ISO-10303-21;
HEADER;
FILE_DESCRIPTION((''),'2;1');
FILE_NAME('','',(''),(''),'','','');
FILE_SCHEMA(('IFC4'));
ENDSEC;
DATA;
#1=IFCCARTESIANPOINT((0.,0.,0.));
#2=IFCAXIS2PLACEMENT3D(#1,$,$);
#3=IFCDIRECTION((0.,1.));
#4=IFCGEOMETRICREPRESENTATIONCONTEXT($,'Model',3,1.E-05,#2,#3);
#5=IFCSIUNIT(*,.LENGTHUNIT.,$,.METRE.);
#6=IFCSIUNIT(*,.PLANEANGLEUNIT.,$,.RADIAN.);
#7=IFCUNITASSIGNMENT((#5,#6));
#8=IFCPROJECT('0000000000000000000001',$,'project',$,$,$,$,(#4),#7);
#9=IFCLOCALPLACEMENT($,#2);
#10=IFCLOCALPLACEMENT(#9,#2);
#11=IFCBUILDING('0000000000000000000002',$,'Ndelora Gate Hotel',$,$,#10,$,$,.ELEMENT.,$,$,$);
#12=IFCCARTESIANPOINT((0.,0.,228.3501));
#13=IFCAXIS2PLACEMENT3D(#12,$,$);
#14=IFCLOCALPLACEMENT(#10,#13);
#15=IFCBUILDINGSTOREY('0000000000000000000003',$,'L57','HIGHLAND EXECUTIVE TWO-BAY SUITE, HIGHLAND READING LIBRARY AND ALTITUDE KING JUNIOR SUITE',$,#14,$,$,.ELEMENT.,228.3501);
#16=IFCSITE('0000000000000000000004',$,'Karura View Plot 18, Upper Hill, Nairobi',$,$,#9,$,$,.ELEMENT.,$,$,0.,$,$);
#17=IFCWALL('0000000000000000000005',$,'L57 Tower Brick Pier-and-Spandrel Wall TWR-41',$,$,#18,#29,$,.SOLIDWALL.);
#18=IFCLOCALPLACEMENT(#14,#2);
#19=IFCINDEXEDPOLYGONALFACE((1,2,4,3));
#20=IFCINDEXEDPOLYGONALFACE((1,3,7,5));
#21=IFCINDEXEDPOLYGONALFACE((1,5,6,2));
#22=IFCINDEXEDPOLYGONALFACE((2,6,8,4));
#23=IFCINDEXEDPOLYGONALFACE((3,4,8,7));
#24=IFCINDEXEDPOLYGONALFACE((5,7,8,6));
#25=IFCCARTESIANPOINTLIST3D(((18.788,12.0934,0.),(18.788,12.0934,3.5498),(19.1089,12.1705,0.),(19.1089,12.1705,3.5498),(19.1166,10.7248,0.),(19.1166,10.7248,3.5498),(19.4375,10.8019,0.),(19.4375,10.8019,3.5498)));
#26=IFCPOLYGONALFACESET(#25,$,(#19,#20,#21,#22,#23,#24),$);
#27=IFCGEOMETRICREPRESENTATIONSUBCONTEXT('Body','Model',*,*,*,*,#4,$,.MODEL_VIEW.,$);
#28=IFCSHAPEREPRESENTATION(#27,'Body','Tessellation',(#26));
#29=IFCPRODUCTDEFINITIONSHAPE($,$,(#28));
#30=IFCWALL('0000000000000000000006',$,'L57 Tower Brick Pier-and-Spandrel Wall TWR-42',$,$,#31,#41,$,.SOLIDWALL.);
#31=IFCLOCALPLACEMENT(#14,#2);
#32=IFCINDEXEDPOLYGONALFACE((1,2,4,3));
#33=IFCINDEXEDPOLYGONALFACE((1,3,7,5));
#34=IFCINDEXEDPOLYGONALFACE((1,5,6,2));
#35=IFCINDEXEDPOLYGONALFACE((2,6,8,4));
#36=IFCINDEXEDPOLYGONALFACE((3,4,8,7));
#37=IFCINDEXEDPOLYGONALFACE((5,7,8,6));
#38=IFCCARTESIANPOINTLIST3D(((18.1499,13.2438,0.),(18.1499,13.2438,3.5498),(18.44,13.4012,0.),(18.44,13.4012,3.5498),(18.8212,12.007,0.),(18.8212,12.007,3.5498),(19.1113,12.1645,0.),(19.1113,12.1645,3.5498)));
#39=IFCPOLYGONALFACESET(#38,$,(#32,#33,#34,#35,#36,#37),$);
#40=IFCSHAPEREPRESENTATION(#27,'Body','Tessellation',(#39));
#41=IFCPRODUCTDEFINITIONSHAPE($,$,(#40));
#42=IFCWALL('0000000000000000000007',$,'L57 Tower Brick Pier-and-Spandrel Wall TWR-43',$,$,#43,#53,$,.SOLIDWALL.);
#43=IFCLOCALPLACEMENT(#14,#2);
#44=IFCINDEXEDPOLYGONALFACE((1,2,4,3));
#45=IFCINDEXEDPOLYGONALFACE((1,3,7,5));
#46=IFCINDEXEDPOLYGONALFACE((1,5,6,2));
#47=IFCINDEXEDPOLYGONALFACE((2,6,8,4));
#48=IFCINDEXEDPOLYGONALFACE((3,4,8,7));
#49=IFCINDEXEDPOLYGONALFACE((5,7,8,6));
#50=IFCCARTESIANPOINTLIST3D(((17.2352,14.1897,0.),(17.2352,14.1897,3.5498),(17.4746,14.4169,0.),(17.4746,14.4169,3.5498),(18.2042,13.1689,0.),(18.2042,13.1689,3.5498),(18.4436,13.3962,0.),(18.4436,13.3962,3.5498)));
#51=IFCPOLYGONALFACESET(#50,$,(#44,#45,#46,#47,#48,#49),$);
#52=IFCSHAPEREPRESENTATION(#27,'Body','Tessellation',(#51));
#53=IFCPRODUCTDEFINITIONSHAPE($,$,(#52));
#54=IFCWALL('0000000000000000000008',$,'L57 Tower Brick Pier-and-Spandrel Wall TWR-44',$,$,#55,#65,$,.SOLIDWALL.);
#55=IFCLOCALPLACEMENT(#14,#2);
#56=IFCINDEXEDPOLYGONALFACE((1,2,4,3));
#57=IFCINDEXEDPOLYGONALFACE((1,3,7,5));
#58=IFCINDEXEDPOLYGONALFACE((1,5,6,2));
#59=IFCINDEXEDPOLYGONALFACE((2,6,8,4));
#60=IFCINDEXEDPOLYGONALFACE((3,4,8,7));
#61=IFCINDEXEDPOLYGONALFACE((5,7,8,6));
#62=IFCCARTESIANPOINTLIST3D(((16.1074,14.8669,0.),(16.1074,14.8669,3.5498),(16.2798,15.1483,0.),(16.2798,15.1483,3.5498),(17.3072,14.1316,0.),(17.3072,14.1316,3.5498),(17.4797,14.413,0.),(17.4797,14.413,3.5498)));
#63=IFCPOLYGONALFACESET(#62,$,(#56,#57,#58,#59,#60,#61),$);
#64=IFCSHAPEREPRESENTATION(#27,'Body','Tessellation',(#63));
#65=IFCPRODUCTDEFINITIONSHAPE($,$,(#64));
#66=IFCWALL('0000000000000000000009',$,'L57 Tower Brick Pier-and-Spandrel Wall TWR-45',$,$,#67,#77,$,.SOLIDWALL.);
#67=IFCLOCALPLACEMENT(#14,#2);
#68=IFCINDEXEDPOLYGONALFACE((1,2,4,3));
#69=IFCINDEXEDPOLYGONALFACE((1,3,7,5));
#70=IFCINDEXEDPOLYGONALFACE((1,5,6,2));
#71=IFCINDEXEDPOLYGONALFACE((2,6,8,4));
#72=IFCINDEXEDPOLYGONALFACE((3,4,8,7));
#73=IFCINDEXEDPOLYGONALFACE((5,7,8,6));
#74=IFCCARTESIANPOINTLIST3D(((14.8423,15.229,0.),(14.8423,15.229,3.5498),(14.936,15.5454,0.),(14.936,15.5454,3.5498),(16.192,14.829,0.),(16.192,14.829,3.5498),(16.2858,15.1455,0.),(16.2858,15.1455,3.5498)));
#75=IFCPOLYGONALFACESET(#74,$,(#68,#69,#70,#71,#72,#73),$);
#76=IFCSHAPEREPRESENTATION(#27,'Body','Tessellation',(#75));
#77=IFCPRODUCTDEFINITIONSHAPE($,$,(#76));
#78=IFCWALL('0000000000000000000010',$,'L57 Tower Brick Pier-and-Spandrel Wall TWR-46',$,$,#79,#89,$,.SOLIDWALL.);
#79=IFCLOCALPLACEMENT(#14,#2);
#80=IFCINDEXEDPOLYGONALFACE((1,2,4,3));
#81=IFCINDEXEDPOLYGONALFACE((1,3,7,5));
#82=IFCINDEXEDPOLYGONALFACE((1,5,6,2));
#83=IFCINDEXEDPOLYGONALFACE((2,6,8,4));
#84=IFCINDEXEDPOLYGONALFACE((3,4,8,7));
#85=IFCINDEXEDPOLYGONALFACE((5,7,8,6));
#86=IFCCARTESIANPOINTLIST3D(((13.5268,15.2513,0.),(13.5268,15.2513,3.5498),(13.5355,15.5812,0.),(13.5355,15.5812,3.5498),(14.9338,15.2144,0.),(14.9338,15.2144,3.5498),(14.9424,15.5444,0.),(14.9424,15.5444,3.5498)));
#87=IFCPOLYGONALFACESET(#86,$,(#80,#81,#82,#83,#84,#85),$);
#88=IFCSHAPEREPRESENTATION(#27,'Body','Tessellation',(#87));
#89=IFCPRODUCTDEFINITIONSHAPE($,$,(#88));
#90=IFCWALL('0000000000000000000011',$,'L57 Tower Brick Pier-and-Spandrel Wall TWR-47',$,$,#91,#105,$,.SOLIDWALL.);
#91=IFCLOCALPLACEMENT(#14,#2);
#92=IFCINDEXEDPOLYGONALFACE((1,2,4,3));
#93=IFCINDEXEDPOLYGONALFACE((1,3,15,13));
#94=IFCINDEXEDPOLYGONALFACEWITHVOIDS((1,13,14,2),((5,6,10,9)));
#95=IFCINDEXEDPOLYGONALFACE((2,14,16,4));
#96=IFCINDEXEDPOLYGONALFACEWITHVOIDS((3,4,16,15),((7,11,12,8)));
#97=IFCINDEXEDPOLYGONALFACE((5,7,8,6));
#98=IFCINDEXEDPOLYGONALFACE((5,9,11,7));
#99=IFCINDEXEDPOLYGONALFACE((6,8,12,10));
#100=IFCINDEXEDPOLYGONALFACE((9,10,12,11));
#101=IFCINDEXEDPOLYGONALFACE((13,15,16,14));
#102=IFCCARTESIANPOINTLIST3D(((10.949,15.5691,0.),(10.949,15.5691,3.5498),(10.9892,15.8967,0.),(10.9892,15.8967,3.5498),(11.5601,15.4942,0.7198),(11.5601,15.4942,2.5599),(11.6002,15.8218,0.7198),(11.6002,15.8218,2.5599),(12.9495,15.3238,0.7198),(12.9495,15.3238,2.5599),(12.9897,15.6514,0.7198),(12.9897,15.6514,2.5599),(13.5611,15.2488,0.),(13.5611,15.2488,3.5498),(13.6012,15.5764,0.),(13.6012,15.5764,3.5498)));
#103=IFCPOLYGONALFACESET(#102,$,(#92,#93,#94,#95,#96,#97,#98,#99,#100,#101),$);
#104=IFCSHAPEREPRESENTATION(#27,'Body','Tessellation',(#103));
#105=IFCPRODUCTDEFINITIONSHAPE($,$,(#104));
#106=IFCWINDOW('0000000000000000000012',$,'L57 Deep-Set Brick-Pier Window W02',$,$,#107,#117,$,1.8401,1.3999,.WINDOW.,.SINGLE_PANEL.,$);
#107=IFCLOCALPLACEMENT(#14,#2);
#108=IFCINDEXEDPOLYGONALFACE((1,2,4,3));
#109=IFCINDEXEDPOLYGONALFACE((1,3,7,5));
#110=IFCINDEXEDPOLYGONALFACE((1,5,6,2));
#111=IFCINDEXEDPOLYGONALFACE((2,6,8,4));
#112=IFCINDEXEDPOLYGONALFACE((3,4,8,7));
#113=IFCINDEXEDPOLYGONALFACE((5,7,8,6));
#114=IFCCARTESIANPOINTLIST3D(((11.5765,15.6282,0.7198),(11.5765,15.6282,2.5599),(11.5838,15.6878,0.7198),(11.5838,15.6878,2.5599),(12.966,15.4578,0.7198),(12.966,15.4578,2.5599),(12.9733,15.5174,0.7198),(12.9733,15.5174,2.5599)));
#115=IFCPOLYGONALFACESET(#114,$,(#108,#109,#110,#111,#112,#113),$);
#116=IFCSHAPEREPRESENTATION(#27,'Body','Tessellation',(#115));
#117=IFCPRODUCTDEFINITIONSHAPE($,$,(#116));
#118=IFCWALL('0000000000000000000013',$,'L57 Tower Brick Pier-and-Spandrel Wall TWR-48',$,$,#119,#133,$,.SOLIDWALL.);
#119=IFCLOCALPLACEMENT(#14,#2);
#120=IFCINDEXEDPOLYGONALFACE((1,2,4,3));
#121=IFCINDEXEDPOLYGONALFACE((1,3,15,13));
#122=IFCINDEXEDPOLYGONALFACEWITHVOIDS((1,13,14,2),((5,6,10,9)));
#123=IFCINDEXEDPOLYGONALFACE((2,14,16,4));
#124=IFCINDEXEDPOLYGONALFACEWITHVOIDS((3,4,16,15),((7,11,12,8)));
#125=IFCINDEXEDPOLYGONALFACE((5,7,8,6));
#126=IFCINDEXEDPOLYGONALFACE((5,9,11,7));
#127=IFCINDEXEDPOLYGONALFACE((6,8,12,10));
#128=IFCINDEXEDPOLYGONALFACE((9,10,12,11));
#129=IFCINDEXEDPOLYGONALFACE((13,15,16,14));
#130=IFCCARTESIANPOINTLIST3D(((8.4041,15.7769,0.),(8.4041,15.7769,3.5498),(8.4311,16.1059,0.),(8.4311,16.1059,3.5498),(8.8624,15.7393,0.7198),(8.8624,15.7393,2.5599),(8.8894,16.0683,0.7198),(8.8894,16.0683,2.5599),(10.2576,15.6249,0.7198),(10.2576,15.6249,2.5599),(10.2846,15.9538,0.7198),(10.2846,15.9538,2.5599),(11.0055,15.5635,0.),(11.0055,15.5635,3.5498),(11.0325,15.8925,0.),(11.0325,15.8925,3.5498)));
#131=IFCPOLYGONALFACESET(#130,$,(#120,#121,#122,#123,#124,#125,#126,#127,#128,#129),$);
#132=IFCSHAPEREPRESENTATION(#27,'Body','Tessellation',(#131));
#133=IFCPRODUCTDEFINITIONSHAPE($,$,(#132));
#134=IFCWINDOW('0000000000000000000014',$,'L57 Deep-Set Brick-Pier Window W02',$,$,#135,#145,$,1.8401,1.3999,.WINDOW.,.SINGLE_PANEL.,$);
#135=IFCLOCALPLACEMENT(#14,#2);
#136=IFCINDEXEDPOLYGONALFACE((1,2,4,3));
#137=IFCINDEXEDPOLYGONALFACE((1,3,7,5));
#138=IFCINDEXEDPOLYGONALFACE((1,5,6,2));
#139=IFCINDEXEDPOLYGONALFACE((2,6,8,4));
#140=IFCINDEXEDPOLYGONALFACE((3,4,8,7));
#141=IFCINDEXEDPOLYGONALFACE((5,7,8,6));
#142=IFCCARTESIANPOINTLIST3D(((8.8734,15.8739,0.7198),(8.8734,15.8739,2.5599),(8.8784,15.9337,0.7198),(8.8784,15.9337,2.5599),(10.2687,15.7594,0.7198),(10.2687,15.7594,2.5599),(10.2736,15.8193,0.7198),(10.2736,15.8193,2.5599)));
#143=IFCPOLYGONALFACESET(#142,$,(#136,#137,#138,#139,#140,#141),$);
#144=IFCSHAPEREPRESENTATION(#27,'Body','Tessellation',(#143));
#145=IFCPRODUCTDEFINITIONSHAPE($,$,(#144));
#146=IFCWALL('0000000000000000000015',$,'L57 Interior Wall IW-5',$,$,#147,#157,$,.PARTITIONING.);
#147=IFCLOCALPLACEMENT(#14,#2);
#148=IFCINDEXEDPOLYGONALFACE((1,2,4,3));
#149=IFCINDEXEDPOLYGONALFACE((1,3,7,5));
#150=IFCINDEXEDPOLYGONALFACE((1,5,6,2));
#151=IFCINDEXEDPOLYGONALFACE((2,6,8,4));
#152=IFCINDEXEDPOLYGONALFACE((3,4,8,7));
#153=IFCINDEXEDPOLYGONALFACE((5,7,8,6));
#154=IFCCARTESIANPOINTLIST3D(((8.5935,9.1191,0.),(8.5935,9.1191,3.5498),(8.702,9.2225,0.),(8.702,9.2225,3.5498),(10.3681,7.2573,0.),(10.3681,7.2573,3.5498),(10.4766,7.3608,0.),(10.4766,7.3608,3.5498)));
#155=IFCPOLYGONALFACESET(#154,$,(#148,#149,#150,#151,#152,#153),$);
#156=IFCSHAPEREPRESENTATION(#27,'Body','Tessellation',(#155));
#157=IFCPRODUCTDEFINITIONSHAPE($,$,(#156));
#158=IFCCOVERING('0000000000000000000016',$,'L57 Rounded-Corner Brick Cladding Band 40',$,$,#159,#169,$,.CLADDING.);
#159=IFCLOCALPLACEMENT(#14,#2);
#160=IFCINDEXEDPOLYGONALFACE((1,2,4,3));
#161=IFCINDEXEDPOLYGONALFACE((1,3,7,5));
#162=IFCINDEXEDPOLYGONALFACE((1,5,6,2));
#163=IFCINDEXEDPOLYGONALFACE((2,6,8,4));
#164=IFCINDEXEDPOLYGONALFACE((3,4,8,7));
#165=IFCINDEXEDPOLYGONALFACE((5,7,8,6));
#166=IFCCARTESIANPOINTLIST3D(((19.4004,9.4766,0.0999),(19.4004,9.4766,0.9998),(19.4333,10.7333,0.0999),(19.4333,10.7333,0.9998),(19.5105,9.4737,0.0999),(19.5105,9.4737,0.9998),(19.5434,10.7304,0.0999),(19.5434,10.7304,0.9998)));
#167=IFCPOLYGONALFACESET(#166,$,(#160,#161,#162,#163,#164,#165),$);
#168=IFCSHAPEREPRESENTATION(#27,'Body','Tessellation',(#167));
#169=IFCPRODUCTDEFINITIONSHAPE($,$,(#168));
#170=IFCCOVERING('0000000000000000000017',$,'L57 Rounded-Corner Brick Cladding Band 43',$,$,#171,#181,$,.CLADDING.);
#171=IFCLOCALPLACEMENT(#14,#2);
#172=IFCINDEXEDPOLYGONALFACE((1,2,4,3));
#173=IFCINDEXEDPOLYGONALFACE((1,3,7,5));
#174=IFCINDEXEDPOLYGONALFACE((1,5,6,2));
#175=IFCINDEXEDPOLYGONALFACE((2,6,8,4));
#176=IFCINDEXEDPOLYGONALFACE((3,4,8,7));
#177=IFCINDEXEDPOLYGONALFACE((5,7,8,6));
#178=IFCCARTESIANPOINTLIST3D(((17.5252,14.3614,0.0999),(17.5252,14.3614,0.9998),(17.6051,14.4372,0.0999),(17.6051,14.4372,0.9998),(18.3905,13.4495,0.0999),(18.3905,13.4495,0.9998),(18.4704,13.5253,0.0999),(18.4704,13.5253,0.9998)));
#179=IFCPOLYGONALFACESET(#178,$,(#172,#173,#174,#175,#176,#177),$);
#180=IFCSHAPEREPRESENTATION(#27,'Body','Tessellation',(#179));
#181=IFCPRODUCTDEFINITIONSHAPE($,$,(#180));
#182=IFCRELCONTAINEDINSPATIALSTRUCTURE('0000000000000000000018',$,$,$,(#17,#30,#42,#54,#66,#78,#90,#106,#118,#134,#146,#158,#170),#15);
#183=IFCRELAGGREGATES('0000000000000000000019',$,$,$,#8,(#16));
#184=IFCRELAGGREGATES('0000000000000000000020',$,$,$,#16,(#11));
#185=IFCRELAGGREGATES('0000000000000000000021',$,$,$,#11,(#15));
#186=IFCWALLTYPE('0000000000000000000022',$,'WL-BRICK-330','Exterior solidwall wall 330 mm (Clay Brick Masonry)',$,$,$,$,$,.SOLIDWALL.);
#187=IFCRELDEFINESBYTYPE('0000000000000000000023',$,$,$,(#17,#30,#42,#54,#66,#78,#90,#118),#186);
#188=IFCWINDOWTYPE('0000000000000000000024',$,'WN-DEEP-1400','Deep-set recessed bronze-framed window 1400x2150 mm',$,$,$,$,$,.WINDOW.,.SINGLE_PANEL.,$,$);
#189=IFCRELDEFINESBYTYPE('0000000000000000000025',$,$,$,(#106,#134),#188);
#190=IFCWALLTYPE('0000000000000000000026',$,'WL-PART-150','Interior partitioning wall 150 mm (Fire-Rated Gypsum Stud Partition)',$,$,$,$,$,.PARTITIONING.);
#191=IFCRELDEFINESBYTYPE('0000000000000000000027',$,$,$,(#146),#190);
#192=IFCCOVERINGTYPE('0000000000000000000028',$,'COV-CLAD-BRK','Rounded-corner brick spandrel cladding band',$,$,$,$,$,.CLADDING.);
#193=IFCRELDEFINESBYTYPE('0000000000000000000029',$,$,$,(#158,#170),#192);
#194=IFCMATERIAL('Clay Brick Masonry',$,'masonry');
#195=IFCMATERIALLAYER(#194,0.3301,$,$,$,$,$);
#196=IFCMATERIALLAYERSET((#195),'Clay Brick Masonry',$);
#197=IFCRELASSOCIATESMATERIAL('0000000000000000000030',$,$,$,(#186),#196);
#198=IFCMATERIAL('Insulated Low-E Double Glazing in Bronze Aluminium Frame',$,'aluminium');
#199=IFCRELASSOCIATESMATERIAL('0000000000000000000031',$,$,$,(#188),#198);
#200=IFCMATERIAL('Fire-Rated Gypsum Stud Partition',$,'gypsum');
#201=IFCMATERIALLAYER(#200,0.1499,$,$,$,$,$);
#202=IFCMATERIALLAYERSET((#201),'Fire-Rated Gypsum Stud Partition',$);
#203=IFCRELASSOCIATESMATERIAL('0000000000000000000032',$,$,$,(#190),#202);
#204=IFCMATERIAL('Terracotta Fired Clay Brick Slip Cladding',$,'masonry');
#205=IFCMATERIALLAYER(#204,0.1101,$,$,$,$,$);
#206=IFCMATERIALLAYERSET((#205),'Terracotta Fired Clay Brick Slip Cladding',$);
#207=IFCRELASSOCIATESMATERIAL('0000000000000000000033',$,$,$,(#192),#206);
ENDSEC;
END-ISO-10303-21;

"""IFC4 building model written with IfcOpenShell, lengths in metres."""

from ifc_helpers import new_model, si_unit, direction, frame, frame_2d, origin, origin_2d, place, context, subcontext, project, spatial, rectangle, extrude, material, layer, layer_set, type_object, element, fill, save


model = new_model("IFC4")

# Units and contexts
model_context = context("Model", 3, precision=1e-05, world=origin(), true_north=direction((0.0, 1.0)))
body_context = subcontext(model_context, "Body", "Model", "MODEL_VIEW")
ifc_project = project(units=[si_unit("LENGTHUNIT", "METRE"), si_unit("PLANEANGLEUNIT", "RADIAN")], contexts=[model_context])

# Site, building, storey
site_placement = place(None, origin())
site = spatial("IfcSite", under=ifc_project, at=site_placement, Name="Karura View Plot 18, Upper Hill, Nairobi", CompositionType="ELEMENT", RefElevation=0.0)
building_placement = place(site_placement, origin())
building = spatial("IfcBuilding", under=site, at=building_placement, Name="Ndelora Gate Hotel", CompositionType="ELEMENT")
storey_placement = place(building_placement, frame((0.0, 0.0, 228.3501)))
storey = spatial("IfcBuildingStorey", under=building, at=storey_placement, Name="L57", Description="HIGHLAND EXECUTIVE TWO-BAY SUITE, HIGHLAND READING LIBRARY AND ALTITUDE KING JUNIOR SUITE", CompositionType="ELEMENT", Elevation=228.3501)

# Shared definitions
ifc_material_1 = material(Name="Clay Brick Masonry", Category="masonry")
ifc_layer_1 = layer(ifc_material_1, 0.3301)
ifc_layer_set_1 = layer_set([ifc_layer_1], Name="Clay Brick Masonry")
wall_type_1 = type_object("IfcWallType", Name="WL-BRICK-330", Description="Exterior solidwall wall 330 mm (Clay Brick Masonry)", PredefinedType="SOLIDWALL", material=ifc_layer_set_1)
ifc_material_2 = material(Name="Insulated Low-E Double Glazing in Bronze Aluminium Frame", Category="aluminium")
window_type = type_object("IfcWindowType", Name="WN-DEEP-1400", Description="Deep-set recessed bronze-framed window 1400x2150 mm", PartitioningType="SINGLE_PANEL", PredefinedType="WINDOW", material=ifc_material_2)

# Walls
for number, where, z_axis, x_axis, name in (
    (1, (18.9485, 12.1318, 0.0), (0.0, 0.0, 1.0), (0.233465, -0.972365, 0.0), "L57 Tower Brick Pier-and-Spandrel Wall TWR-41"),
):
    element("IfcWall", number, at=place(storey_placement, frame(where, z_axis=z_axis, x_axis=x_axis)), inside=storey, type_object=wall_type_1, Name=name, PredefinedType="SOLIDWALL", context=body_context, shape_type="SweptSolid", body=[
        extrude(rectangle(XDim=1.4075, YDim=0.3301, at=frame_2d((0.7036, 0.0))), origin(), (0.0, 0.0, 1.0), 3.5498),
    ])
wall_1_placement = place(storey_placement, frame((18.2949, 13.3225, 0.0), z_axis=(0.0, 0.0, 1.0), x_axis=(0.477077, -0.878862, 0.0)))
element("IfcWall", 2, at=wall_1_placement, inside=storey, type_object=wall_type_1, Name="L57 Tower Brick Pier-and-Spandrel Wall TWR-42", PredefinedType="SOLIDWALL", context=body_context, shape_type="SweptSolid", body=[
    extrude(rectangle(XDim=1.4072, YDim=0.3301, at=frame_2d((0.7036, 0.0))), origin(), (0.0, 0.0, 1.0), 3.5498),
])
wall_2_placement = place(storey_placement, frame((17.355, 14.3032, 0.0), z_axis=(0.0, 0.0, 1.0), x_axis=(0.68848, -0.725255, 0.0)))
element("IfcWall", 3, at=wall_2_placement, inside=storey, type_object=wall_type_1, Name="L57 Tower Brick Pier-and-Spandrel Wall TWR-43", PredefinedType="SOLIDWALL", context=body_context, shape_type="SweptSolid", body=[
    extrude(rectangle(XDim=1.4075, YDim=0.3301, at=frame_2d((0.7036, 0.0))), origin(), (0.0, 0.0, 1.0), 3.5498),
])
wall_3_placement = place(storey_placement, frame((16.1936, 15.0076, 0.0), z_axis=(0.0, 0.0, 1.0), x_axis=(0.852634, -0.522509, 0.0)))
element("IfcWall", 4, at=wall_3_placement, inside=storey, type_object=wall_type_1, Name="L57 Tower Brick Pier-and-Spandrel Wall TWR-44", PredefinedType="SOLIDWALL", context=body_context, shape_type="SweptSolid", body=[
    extrude(rectangle(XDim=1.4072, YDim=0.3301, at=frame_2d((0.7036, 0.0))), origin(), (0.0, 0.0, 1.0), 3.5498),
])
wall_4_placement = place(storey_placement, frame((14.8892, 15.3872, 0.0), z_axis=(0.0, 0.0, 1.0), x_axis=(0.958795, -0.2841, 0.0)))
element("IfcWall", 5, at=wall_4_placement, inside=storey, type_object=wall_type_1, Name="L57 Tower Brick Pier-and-Spandrel Wall TWR-45", PredefinedType="SOLIDWALL", context=body_context, shape_type="SweptSolid", body=[
    extrude(rectangle(XDim=1.4077, YDim=0.3301, at=frame_2d((0.7039, 0.0))), origin(), (0.0, 0.0, 1.0), 3.5498),
])
wall_5_placement = place(storey_placement, frame((13.5312, 15.4163, 0.0), z_axis=(0.0, 0.0, 1.0), x_axis=(0.999657, -0.026193, 0.0)))
element("IfcWall", 6, at=wall_5_placement, inside=storey, type_object=wall_type_1, Name="L57 Tower Brick Pier-and-Spandrel Wall TWR-46", PredefinedType="SOLIDWALL", context=body_context, shape_type="SweptSolid", body=[
    extrude(rectangle(XDim=1.4075, YDim=0.3301, at=frame_2d((0.7036, 0.0))), origin(), (0.0, 0.0, 1.0), 3.5498),
])

# Walls, openings, windows
wall_6_placement = place(storey_placement, frame((10.969, 15.7329, 0.0), z_axis=(0.0, 0.0, 1.0), x_axis=(0.992565, -0.121717, 0.0)))
wall_6 = element("IfcWall", 7, at=wall_6_placement, inside=storey, type_object=wall_type_1, Name="L57 Tower Brick Pier-and-Spandrel Wall TWR-47", PredefinedType="SOLIDWALL", context=body_context, shape_type="SweptSolid", body=[
    extrude(rectangle(XDim=2.6316, YDim=0.3301, at=frame_2d((1.3159, 0.0))), origin(), (0.0, 0.0, 1.0), 3.5498),
])
opening_1_placement = place(wall_6_placement, frame((0.6157, 0.0, 0.72)))
opening_1 = element("IfcOpeningElement", 8, at=opening_1_placement, cuts=wall_6, PredefinedType="OPENING", context=body_context, shape_type="SweptSolid", body=[
    extrude(rectangle(XDim=1.3999, YDim=1.8401, at=frame_2d((0.7, 0.9199))), frame((0.0, 0.175, 0.0), z_axis=(0.0, -1.0, 0.0), x_axis=(1.0, 0.0, 0.0)), (0.0, 0.0, 1.0), 0.3501),
])
window_1_placement = place(opening_1_placement, origin())
window_1 = element("IfcWindow", 9, at=window_1_placement, inside=storey, type_object=window_type, Name="L57 Deep-Set Brick-Pier Window W02", OverallHeight=1.8401, OverallWidth=1.3999, PartitioningType="SINGLE_PANEL", PredefinedType="WINDOW", context=body_context, shape_type="SweptSolid", body=[
    extrude(rectangle(XDim=1.3999, YDim=1.8401, at=frame_2d((0.7, 0.9199))), frame((0.0, 0.03, 0.0), z_axis=(0.0, -1.0, 0.0), x_axis=(1.0, 0.0, 0.0)), (0.0, 0.0, 1.0), 0.0601),
])
fill(opening_1, window_1)
wall_7_placement = place(storey_placement, frame((8.4175, 15.9414, 0.0), z_axis=(0.0, 0.0, 1.0), x_axis=(0.996653, -0.081753, 0.0)))
wall_7 = element("IfcWall", 10, at=wall_7_placement, inside=storey, type_object=wall_type_1, Name="L57 Tower Brick Pier-and-Spandrel Wall TWR-48", PredefinedType="SOLIDWALL", context=body_context, shape_type="SweptSolid", body=[
    extrude(rectangle(XDim=2.6101, YDim=0.3301, at=frame_2d((1.3052, 0.0))), origin(), (0.0, 0.0, 1.0), 3.5498),
])
opening_2_placement = place(wall_7_placement, frame((0.46, 0.0, 0.72)))
opening_2 = element("IfcOpeningElement", 11, at=opening_2_placement, cuts=wall_7, PredefinedType="OPENING", context=body_context, shape_type="SweptSolid", body=[
    extrude(rectangle(XDim=1.3999, YDim=1.8401, at=frame_2d((0.7, 0.9199))), frame((0.0, 0.175, 0.0), z_axis=(0.0, -1.0, 0.0), x_axis=(1.0, 0.0, 0.0)), (0.0, 0.0, 1.0), 0.3501),
])
window_2_placement = place(opening_2_placement, origin())
window_2 = element("IfcWindow", 12, at=window_2_placement, inside=storey, type_object=window_type, Name="L57 Deep-Set Brick-Pier Window W02", OverallHeight=1.8401, OverallWidth=1.3999, PartitioningType="SINGLE_PANEL", PredefinedType="WINDOW", context=body_context, shape_type="SweptSolid", body=[
    extrude(rectangle(XDim=1.3999, YDim=1.8401, at=frame_2d((0.7, 0.9199))), frame((0.0, 0.03, 0.0), z_axis=(0.0, -1.0, 0.0), x_axis=(1.0, 0.0, 0.0)), (0.0, 0.0, 1.0), 0.0601),
])
fill(opening_2, window_2)

# Wall
ifc_material_3 = material(Name="Fire-Rated Gypsum Stud Partition", Category="gypsum")
ifc_layer_2 = layer(ifc_material_3, 0.1499)
ifc_layer_set_2 = layer_set([ifc_layer_2], Name="Fire-Rated Gypsum Stud Partition")
wall_type_2 = type_object("IfcWallType", Name="WL-PART-150", Description="Interior partitioning wall 150 mm (Fire-Rated Gypsum Stud Partition)", PredefinedType="PARTITIONING", material=ifc_layer_set_2)
wall_8_placement = place(storey_placement, frame((8.6477, 9.1709, 0.0), z_axis=(0.0, 0.0, 1.0), x_axis=(0.689961, -0.723847, 0.0)))
element("IfcWall", 13, at=wall_8_placement, inside=storey, type_object=wall_type_2, Name="L57 Interior Wall IW-5", PredefinedType="PARTITIONING", context=body_context, shape_type="SweptSolid", body=[
    extrude(rectangle(XDim=2.572, YDim=0.1499, at=frame_2d((1.2861, 0.0))), origin(), (0.0, 0.0, 1.0), 3.5498),
])

# Coverings
ifc_material_4 = material(Name="Terracotta Fired Clay Brick Slip Cladding", Category="masonry")
ifc_layer_3 = layer(ifc_material_4, 0.1101)
ifc_layer_set_3 = layer_set([ifc_layer_3], Name="Terracotta Fired Clay Brick Slip Cladding")
covering_type_1 = type_object("IfcCoveringType", Name="COV-CLAD-BRK", Description="Rounded-corner brick spandrel cladding band", PredefinedType="CLADDING", material=ifc_layer_set_3)
for number, where, z_axis, x_axis, name in (
    (14, (19.4719, 10.1035, 0.0999), (0.0, 0.0, 1.0), (0.026177, 0.999657, 0.0), "L57 Rounded-Corner Brick Cladding Band 40"),
    (15, (17.9978, 13.9434, 0.0999), (0.0, 0.0, 1.0), (-0.688355, 0.725374, 0.0), "L57 Rounded-Corner Brick Cladding Band 43"),
):
    element("IfcCovering", number, at=place(storey_placement, frame(where, z_axis=z_axis, x_axis=x_axis)), inside=storey, type_object=covering_type_1, Name=name, PredefinedType="CLADDING", context=body_context, shape_type="SweptSolid", body=[
        extrude(rectangle(XDim=1.2571, YDim=0.1101, at=origin_2d()), origin(), (0.0, 0.0, 1.0), 0.8999),
    ])

save(model, "model.ifc")
